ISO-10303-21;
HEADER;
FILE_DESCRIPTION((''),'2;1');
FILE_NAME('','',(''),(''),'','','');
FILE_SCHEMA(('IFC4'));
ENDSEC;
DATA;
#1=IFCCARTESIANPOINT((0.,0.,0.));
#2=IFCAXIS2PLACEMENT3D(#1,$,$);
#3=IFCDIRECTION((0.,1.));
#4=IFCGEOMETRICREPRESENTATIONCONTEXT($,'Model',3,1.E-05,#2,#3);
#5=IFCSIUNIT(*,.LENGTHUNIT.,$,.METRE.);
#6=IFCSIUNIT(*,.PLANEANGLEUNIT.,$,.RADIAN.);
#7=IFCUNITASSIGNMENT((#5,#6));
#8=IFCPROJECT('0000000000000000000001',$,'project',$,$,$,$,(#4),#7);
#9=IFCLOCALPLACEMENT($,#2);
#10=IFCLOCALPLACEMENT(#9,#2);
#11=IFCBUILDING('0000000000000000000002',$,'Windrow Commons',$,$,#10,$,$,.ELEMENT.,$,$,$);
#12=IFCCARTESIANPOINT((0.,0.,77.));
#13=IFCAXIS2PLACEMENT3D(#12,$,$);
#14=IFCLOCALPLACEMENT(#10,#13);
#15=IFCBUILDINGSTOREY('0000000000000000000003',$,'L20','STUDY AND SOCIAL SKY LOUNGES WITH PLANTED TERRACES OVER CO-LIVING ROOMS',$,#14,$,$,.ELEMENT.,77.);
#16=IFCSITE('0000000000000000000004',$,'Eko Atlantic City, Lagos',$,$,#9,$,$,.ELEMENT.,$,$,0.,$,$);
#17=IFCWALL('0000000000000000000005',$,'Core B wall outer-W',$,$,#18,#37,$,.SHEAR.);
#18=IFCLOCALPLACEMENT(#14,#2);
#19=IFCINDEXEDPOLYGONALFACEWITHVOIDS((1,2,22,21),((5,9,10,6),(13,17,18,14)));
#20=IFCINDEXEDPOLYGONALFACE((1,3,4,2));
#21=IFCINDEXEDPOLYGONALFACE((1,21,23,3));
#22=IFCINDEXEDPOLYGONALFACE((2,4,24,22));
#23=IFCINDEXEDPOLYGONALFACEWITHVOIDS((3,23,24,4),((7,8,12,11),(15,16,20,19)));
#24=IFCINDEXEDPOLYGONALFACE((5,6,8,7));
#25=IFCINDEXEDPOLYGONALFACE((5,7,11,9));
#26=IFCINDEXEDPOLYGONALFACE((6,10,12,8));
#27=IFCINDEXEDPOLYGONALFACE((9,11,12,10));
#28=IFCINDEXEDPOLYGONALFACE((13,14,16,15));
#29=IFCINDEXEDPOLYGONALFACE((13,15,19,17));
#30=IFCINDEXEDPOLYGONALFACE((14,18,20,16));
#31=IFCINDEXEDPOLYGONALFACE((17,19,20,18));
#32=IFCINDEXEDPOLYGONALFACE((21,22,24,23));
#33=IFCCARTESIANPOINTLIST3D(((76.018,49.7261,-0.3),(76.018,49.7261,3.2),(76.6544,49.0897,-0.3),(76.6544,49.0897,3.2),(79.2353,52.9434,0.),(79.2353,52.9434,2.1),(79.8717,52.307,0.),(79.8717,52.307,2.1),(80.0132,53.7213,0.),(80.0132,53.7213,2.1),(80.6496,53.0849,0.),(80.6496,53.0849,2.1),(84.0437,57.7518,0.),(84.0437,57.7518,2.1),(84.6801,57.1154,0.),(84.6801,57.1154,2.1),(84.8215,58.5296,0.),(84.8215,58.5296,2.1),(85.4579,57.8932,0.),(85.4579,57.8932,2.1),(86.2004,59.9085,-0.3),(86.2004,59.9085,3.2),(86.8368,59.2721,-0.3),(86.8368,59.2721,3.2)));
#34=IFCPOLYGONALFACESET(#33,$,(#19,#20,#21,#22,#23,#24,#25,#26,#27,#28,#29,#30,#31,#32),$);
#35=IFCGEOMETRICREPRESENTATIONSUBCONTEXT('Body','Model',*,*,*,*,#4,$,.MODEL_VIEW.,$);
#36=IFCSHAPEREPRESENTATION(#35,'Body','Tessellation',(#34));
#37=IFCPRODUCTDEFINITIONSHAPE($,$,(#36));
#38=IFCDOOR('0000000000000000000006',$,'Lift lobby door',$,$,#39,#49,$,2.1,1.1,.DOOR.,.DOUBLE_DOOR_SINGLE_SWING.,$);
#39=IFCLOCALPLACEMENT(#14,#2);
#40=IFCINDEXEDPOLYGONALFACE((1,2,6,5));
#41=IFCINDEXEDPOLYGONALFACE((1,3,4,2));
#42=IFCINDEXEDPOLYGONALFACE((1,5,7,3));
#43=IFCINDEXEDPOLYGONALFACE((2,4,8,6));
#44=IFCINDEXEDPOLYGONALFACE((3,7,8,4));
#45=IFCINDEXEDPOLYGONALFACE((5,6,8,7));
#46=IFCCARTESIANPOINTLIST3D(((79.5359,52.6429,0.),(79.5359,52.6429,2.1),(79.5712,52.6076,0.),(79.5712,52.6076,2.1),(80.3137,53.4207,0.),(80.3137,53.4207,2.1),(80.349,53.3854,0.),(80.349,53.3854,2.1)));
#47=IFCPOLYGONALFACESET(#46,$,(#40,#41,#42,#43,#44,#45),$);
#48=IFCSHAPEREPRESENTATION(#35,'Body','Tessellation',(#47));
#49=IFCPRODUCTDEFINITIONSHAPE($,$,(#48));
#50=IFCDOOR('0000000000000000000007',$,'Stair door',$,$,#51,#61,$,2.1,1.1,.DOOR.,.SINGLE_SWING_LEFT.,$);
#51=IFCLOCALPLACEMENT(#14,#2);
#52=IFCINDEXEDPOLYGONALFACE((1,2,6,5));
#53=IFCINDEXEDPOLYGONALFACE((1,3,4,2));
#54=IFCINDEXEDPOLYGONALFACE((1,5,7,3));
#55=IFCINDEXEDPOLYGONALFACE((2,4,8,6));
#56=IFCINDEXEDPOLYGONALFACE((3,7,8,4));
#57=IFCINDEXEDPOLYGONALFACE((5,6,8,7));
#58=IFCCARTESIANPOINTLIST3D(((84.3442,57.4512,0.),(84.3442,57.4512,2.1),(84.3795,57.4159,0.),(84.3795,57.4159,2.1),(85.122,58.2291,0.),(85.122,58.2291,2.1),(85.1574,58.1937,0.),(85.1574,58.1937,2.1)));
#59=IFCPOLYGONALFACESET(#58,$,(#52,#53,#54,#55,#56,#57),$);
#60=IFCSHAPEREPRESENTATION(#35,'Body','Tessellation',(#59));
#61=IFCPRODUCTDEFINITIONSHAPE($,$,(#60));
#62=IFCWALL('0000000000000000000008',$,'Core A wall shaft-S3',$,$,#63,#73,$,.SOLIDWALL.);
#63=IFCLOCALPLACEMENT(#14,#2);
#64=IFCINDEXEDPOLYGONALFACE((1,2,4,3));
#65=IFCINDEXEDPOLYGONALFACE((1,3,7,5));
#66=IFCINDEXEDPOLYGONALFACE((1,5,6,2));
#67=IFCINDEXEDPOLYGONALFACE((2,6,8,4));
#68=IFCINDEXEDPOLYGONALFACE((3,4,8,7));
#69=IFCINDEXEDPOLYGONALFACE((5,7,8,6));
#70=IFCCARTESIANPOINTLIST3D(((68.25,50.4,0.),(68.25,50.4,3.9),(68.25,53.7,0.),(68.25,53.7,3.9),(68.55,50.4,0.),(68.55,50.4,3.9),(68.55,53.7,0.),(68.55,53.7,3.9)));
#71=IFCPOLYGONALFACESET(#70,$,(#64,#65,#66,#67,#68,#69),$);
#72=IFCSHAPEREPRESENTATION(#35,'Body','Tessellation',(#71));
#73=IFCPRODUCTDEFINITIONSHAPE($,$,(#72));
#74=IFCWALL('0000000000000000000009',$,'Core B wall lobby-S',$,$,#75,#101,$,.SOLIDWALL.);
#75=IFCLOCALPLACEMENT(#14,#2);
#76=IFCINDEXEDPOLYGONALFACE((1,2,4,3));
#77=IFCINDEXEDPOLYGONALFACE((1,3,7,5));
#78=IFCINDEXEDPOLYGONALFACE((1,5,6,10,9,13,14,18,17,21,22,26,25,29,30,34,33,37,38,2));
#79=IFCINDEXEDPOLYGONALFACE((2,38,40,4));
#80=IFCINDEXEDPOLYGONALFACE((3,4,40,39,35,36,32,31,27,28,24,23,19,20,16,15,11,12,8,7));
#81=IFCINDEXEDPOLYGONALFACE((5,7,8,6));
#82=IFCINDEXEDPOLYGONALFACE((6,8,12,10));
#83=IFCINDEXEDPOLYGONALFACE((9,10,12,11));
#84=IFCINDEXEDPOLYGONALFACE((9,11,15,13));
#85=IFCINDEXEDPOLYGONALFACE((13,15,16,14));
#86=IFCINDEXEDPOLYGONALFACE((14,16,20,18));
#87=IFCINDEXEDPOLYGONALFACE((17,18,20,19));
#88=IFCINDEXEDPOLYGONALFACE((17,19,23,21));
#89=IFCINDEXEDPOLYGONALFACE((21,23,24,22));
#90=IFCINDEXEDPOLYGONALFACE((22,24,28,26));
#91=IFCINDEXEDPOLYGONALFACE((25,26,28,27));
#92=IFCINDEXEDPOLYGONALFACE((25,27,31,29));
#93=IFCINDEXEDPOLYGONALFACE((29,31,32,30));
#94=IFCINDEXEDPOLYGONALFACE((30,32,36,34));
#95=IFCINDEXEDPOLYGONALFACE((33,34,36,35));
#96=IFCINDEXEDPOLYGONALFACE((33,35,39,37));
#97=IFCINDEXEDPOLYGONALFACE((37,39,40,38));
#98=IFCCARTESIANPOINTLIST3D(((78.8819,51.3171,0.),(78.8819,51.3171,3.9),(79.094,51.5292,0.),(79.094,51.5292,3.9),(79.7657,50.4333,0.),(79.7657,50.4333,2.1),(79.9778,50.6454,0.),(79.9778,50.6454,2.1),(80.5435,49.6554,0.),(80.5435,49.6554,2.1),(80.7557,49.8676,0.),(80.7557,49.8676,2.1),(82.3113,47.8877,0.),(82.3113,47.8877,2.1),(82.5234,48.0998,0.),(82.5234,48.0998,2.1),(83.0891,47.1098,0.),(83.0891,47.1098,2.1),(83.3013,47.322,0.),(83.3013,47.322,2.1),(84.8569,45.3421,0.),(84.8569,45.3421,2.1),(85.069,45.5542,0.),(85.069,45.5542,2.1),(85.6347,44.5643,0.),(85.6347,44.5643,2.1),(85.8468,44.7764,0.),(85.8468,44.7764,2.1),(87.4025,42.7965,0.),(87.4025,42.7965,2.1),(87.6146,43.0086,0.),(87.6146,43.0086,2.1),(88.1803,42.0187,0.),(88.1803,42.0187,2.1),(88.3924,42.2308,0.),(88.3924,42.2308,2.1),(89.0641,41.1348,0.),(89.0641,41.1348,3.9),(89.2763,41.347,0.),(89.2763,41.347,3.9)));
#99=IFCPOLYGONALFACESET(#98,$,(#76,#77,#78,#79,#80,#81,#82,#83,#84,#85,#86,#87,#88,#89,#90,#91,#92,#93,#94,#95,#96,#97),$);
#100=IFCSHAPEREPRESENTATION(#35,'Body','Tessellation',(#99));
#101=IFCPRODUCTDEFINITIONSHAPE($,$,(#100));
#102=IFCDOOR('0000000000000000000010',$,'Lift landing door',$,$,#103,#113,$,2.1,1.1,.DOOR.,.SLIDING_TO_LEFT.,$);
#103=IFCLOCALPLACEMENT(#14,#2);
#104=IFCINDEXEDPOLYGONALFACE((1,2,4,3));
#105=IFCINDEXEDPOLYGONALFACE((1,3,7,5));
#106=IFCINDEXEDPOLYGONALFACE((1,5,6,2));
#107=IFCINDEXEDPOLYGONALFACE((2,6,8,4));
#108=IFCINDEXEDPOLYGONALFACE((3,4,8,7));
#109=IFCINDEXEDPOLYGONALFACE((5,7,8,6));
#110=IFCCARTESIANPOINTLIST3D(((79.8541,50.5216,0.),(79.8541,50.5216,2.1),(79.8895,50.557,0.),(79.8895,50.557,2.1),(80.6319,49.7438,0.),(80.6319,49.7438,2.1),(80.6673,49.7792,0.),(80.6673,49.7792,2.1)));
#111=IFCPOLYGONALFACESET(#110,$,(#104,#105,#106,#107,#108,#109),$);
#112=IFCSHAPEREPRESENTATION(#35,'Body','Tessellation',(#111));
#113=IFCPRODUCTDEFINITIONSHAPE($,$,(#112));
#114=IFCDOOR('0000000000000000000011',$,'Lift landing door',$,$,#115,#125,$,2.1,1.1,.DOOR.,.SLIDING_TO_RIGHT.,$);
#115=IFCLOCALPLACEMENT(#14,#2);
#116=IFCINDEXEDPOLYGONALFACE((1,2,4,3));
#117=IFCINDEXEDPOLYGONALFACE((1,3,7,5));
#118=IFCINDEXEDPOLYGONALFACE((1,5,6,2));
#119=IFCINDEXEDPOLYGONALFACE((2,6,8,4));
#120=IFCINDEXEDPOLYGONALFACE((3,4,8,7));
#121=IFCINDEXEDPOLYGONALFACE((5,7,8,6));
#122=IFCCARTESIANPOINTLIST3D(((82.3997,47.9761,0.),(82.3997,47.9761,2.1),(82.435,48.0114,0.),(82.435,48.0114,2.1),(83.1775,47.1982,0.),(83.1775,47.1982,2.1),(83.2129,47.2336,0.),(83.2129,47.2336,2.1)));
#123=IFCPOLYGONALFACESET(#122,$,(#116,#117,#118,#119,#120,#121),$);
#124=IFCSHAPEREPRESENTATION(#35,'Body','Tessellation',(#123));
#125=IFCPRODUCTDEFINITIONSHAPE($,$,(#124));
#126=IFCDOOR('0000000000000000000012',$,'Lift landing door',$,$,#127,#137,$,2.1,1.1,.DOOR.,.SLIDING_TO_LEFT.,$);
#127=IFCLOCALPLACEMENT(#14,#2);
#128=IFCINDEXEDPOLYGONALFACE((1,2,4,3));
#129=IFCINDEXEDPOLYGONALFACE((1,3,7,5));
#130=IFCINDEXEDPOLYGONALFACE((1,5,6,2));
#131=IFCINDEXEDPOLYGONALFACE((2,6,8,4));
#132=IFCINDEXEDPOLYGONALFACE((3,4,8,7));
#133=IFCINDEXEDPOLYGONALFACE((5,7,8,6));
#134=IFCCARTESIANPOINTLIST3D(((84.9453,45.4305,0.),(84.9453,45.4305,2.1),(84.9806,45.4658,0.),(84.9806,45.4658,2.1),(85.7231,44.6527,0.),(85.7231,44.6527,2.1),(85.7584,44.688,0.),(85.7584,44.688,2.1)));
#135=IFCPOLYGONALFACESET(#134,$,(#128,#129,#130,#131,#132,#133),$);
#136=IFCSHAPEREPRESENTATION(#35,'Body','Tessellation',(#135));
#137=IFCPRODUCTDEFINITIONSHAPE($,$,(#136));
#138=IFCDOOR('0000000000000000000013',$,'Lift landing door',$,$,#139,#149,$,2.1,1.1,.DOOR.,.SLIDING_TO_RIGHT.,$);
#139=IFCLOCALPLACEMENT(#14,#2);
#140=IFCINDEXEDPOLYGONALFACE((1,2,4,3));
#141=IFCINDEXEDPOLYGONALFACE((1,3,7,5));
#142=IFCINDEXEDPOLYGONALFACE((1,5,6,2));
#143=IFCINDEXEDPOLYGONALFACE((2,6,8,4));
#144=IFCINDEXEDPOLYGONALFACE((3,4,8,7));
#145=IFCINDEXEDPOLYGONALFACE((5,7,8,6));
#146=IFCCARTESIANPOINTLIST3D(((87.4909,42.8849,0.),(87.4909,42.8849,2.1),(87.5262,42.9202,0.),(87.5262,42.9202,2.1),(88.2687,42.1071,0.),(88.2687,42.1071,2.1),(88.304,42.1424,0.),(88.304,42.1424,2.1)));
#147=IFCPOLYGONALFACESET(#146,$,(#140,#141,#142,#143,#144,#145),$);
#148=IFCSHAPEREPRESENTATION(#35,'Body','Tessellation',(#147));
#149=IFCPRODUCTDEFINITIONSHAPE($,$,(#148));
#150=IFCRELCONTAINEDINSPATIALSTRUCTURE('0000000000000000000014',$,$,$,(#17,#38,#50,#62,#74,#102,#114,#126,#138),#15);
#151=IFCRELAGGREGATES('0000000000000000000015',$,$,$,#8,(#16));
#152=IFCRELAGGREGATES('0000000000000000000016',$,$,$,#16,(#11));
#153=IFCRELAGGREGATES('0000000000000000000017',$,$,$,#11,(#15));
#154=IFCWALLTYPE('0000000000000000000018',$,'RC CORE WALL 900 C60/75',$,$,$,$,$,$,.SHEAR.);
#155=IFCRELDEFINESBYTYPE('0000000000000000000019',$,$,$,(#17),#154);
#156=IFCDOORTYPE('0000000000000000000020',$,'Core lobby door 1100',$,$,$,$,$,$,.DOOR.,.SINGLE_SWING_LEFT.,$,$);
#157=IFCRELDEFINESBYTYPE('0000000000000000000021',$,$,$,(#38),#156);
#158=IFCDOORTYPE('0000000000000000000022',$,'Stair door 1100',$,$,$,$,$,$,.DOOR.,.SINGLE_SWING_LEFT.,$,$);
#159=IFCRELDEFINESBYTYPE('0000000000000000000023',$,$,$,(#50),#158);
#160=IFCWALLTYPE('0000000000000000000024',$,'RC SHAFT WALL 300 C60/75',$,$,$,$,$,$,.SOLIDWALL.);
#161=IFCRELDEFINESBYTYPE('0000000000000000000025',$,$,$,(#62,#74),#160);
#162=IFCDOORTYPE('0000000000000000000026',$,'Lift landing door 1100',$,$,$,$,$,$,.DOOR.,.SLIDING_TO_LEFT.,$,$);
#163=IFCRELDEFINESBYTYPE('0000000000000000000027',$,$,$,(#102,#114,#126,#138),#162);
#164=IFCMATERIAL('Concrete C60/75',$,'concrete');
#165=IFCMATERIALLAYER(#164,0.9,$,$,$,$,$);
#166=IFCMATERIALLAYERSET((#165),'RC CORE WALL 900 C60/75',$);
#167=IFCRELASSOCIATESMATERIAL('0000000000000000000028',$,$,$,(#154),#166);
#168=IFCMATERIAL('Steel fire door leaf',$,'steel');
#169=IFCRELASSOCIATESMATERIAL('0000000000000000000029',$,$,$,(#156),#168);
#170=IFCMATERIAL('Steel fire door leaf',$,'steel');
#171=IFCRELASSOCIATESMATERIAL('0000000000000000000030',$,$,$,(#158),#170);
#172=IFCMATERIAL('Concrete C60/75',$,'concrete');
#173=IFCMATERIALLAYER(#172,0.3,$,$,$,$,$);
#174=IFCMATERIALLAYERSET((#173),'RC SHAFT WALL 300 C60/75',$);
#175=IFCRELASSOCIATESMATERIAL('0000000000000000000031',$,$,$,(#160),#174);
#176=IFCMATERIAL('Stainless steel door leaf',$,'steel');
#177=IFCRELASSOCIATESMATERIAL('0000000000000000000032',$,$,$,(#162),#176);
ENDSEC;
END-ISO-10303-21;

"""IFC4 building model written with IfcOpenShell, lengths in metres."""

from ifc_helpers import new_model, si_unit, direction, frame, frame_2d, origin, place, context, subcontext, project, spatial, rectangle, extrude, material, layer, layer_set, type_object, element, fill, save


model = new_model("IFC4")

# Units and contexts
model_context = context("Model", 3, precision=1e-05, world=origin(), true_north=direction((0.0, 1.0)))
body_context = subcontext(model_context, "Body", "Model", "MODEL_VIEW")
ifc_project = project(units=[si_unit("LENGTHUNIT", "METRE"), si_unit("PLANEANGLEUNIT", "RADIAN")], contexts=[model_context])

# Site, building, storey
site_placement = place(None, origin())
site = spatial("IfcSite", under=ifc_project, at=site_placement, Name="Eko Atlantic City, Lagos", CompositionType="ELEMENT", RefElevation=0.0)
building_placement = place(site_placement, origin())
building = spatial("IfcBuilding", under=site, at=building_placement, Name="Windrow Commons", CompositionType="ELEMENT")
storey_placement = place(building_placement, frame((0.0, 0.0, 77.0)))
storey = spatial("IfcBuildingStorey", under=building, at=storey_placement, Name="L20", Description="STUDY AND SOCIAL SKY LOUNGES WITH PLANTED TERRACES OVER CO-LIVING ROOMS", CompositionType="ELEMENT", Elevation=77.0)

# Shared definitions
ifc_material_1 = material(Name="Concrete C60/75", Category="concrete")
ifc_layer_1 = layer(ifc_material_1, 0.9)
ifc_layer_set_1 = layer_set([ifc_layer_1], Name="RC CORE WALL 900 C60/75")
wall_type_1 = type_object("IfcWallType", Name="RC CORE WALL 900 C60/75", PredefinedType="SHEAR", material=ifc_layer_set_1)
ifc_material_2 = material(Name="Steel fire door leaf", Category="steel")
door_type_1 = type_object("IfcDoorType", Name="Core lobby door 1100", OperationType="SINGLE_SWING_LEFT", PredefinedType="DOOR", material=ifc_material_2)
ifc_material_3 = material(Name="Steel fire door leaf", Category="steel")
door_type_2 = type_object("IfcDoorType", Name="Stair door 1100", OperationType="SINGLE_SWING_LEFT", PredefinedType="DOOR", material=ifc_material_3)

# Wall, openings, doors
wall_1_placement = place(storey_placement, frame((76.3362, 49.4079, -0.3), z_axis=(0.0, 0.0, 1.0), x_axis=(0.707107, 0.707107, 0.0)))
wall_1 = element("IfcWall", 1, at=wall_1_placement, inside=storey, type_object=wall_type_1, Name="Core B wall outer-W", PredefinedType="SHEAR", context=body_context, shape_type="SweptSolid", body=[
    extrude(rectangle(XDim=14.4001, YDim=0.9, at=frame_2d((7.2001, 0.0))), origin(), (0.0, 0.0, 1.0), 3.5),
])
opening_1_placement = place(wall_1_placement, frame((4.55, 0.0, 0.3)))
opening_1 = element("IfcOpeningElement", 2, at=opening_1_placement, cuts=wall_1, PredefinedType="OPENING", context=body_context, shape_type="SweptSolid", body=[
    extrude(rectangle(XDim=1.1, YDim=2.1, at=frame_2d((0.55, 1.05))), frame((0.0, 0.46, 0.0), z_axis=(0.0, -1.0, 0.0), x_axis=(1.0, 0.0, 0.0)), (0.0, 0.0, 1.0), 0.92),
])
opening_2_placement = place(wall_1_placement, frame((11.35, 0.0, 0.3)))
opening_2 = element("IfcOpeningElement", 3, at=opening_2_placement, cuts=wall_1, PredefinedType="OPENING", context=body_context, shape_type="SweptSolid", body=[
    extrude(rectangle(XDim=1.1, YDim=2.1, at=frame_2d((0.55, 1.05))), frame((0.0, 0.46, 0.0), z_axis=(0.0, -1.0, 0.0), x_axis=(1.0, 0.0, 0.0)), (0.0, 0.0, 1.0), 0.92),
])
door_1_placement = place(opening_1_placement, origin())
door_1 = element("IfcDoor", 4, at=door_1_placement, inside=storey, type_object=door_type_1, Name="Lift lobby door", OperationType="DOUBLE_DOOR_SINGLE_SWING", OverallHeight=2.1, OverallWidth=1.1, PredefinedType="DOOR", context=body_context, shape_type="SweptSolid", body=[
    extrude(rectangle(XDim=1.1, YDim=2.1, at=frame_2d((0.55, 1.05))), frame((0.0, 0.025, 0.0), z_axis=(0.0, -1.0, 0.0), x_axis=(1.0, 0.0, 0.0)), (0.0, 0.0, 1.0), 0.05),
])
fill(opening_1, door_1)
door_2_placement = place(opening_2_placement, origin())
door_2 = element("IfcDoor", 5, at=door_2_placement, inside=storey, type_object=door_type_2, Name="Stair door", OperationType="SINGLE_SWING_LEFT", OverallHeight=2.1, OverallWidth=1.1, PredefinedType="DOOR", context=body_context, shape_type="SweptSolid", body=[
    extrude(rectangle(XDim=1.1, YDim=2.1, at=frame_2d((0.55, 1.05))), frame((0.0, 0.025, 0.0), z_axis=(0.0, -1.0, 0.0), x_axis=(1.0, 0.0, 0.0)), (0.0, 0.0, 1.0), 0.05),
])
fill(opening_2, door_2)

# Wall
ifc_material_4 = material(Name="Concrete C60/75", Category="concrete")
ifc_layer_2 = layer(ifc_material_4, 0.3)
ifc_layer_set_2 = layer_set([ifc_layer_2], Name="RC SHAFT WALL 300 C60/75")
wall_type_2 = type_object("IfcWallType", Name="RC SHAFT WALL 300 C60/75", PredefinedType="SOLIDWALL", material=ifc_layer_set_2)
wall_2_placement = place(storey_placement, frame((68.4, 50.4, 0.0), z_axis=(0.0, 0.0, 1.0), x_axis=(0.0, 1.0, 0.0)))
element("IfcWall", 6, at=wall_2_placement, inside=storey, type_object=wall_type_2, Name="Core A wall shaft-S3", PredefinedType="SOLIDWALL", context=body_context, shape_type="SweptSolid", body=[
    extrude(rectangle(XDim=3.3, YDim=0.3, at=frame_2d((1.65, 0.0))), origin(), (0.0, 0.0, 1.0), 3.9),
])

# Wall, openings, doors
wall_3_placement = place(storey_placement, frame((78.9879, 51.4232, 0.0), z_axis=(0.0, 0.0, 1.0), x_axis=(0.707107, -0.707107, 0.0)))
wall_3 = element("IfcWall", 7, at=wall_3_placement, inside=storey, type_object=wall_type_2, Name="Core B wall lobby-S", PredefinedType="SOLIDWALL", context=body_context, shape_type="SweptSolid", body=[
    extrude(rectangle(XDim=14.3999, YDim=0.3, at=frame_2d((7.2, 0.0))), origin(), (0.0, 0.0, 1.0), 3.9),
])
opening_3_placement = place(wall_3_placement, frame((1.25, 0.0, 0.0)))
opening_3 = element("IfcOpeningElement", 8, at=opening_3_placement, cuts=wall_3, PredefinedType="OPENING", context=body_context, shape_type="SweptSolid", body=[
    extrude(rectangle(XDim=1.1, YDim=2.1, at=frame_2d((0.55, 1.05))), frame((0.0, 0.16, 0.0), z_axis=(0.0, -1.0, 0.0), x_axis=(1.0, 0.0, 0.0)), (0.0, 0.0, 1.0), 0.32),
])
opening_4_placement = place(wall_3_placement, frame((4.85, 0.0, 0.0)))
opening_4 = element("IfcOpeningElement", 9, at=opening_4_placement, cuts=wall_3, PredefinedType="OPENING", context=body_context, shape_type="SweptSolid", body=[
    extrude(rectangle(XDim=1.1, YDim=2.1, at=frame_2d((0.55, 1.05))), frame((0.0, 0.16, 0.0), z_axis=(0.0, -1.0, 0.0), x_axis=(1.0, 0.0, 0.0)), (0.0, 0.0, 1.0), 0.32),
])
opening_5_placement = place(wall_3_placement, frame((8.45, 0.0, 0.0)))
opening_5 = element("IfcOpeningElement", 10, at=opening_5_placement, cuts=wall_3, PredefinedType="OPENING", context=body_context, shape_type="SweptSolid", body=[
    extrude(rectangle(XDim=1.1, YDim=2.1, at=frame_2d((0.55, 1.05))), frame((0.0, 0.16, 0.0), z_axis=(0.0, -1.0, 0.0), x_axis=(1.0, 0.0, 0.0)), (0.0, 0.0, 1.0), 0.32),
])
opening_6_placement = place(wall_3_placement, frame((12.05, 0.0, 0.0)))
opening_6 = element("IfcOpeningElement", 11, at=opening_6_placement, cuts=wall_3, PredefinedType="OPENING", context=body_context, shape_type="SweptSolid", body=[
    extrude(rectangle(XDim=1.1, YDim=2.1, at=frame_2d((0.55, 1.05))), frame((0.0, 0.16, 0.0), z_axis=(0.0, -1.0, 0.0), x_axis=(1.0, 0.0, 0.0)), (0.0, 0.0, 1.0), 0.32),
])
ifc_material_5 = material(Name="Stainless steel door leaf", Category="steel")
door_type_3 = type_object("IfcDoorType", Name="Lift landing door 1100", OperationType="SLIDING_TO_LEFT", PredefinedType="DOOR", material=ifc_material_5)
door_3_placement = place(opening_3_placement, origin())
door_3 = element("IfcDoor", 12, at=door_3_placement, inside=storey, type_object=door_type_3, Name="Lift landing door", OperationType="SLIDING_TO_LEFT", OverallHeight=2.1, OverallWidth=1.1, PredefinedType="DOOR", context=body_context, shape_type="SweptSolid", body=[
    extrude(rectangle(XDim=1.1, YDim=2.1, at=frame_2d((0.55, 1.05))), frame((0.0, 0.025, 0.0), z_axis=(0.0, -1.0, 0.0), x_axis=(1.0, 0.0, 0.0)), (0.0, 0.0, 1.0), 0.05),
])
fill(opening_3, door_3)
door_4_placement = place(opening_4_placement, origin())
door_4 = element("IfcDoor", 13, at=door_4_placement, inside=storey, type_object=door_type_3, Name="Lift landing door", OperationType="SLIDING_TO_RIGHT", OverallHeight=2.1, OverallWidth=1.1, PredefinedType="DOOR", context=body_context, shape_type="SweptSolid", body=[
    extrude(rectangle(XDim=1.1, YDim=2.1, at=frame_2d((0.55, 1.05))), frame((0.0, 0.025, 0.0), z_axis=(0.0, -1.0, 0.0), x_axis=(1.0, 0.0, 0.0)), (0.0, 0.0, 1.0), 0.05),
])
fill(opening_4, door_4)
door_5_placement = place(opening_5_placement, origin())
door_5 = element("IfcDoor", 14, at=door_5_placement, inside=storey, type_object=door_type_3, Name="Lift landing door", OperationType="SLIDING_TO_LEFT", OverallHeight=2.1, OverallWidth=1.1, PredefinedType="DOOR", context=body_context, shape_type="SweptSolid", body=[
    extrude(rectangle(XDim=1.1, YDim=2.1, at=frame_2d((0.55, 1.05))), frame((0.0, 0.025, 0.0), z_axis=(0.0, -1.0, 0.0), x_axis=(1.0, 0.0, 0.0)), (0.0, 0.0, 1.0), 0.05),
])
fill(opening_5, door_5)
door_6_placement = place(opening_6_placement, origin())
door_6 = element("IfcDoor", 15, at=door_6_placement, inside=storey, type_object=door_type_3, Name="Lift landing door", OperationType="SLIDING_TO_RIGHT", OverallHeight=2.1, OverallWidth=1.1, PredefinedType="DOOR", context=body_context, shape_type="SweptSolid", body=[
    extrude(rectangle(XDim=1.1, YDim=2.1, at=frame_2d((0.55, 1.05))), frame((0.0, 0.025, 0.0), z_axis=(0.0, -1.0, 0.0), x_axis=(1.0, 0.0, 0.0)), (0.0, 0.0, 1.0), 0.05),
])
fill(opening_6, door_6)

save(model, "model.ifc")
